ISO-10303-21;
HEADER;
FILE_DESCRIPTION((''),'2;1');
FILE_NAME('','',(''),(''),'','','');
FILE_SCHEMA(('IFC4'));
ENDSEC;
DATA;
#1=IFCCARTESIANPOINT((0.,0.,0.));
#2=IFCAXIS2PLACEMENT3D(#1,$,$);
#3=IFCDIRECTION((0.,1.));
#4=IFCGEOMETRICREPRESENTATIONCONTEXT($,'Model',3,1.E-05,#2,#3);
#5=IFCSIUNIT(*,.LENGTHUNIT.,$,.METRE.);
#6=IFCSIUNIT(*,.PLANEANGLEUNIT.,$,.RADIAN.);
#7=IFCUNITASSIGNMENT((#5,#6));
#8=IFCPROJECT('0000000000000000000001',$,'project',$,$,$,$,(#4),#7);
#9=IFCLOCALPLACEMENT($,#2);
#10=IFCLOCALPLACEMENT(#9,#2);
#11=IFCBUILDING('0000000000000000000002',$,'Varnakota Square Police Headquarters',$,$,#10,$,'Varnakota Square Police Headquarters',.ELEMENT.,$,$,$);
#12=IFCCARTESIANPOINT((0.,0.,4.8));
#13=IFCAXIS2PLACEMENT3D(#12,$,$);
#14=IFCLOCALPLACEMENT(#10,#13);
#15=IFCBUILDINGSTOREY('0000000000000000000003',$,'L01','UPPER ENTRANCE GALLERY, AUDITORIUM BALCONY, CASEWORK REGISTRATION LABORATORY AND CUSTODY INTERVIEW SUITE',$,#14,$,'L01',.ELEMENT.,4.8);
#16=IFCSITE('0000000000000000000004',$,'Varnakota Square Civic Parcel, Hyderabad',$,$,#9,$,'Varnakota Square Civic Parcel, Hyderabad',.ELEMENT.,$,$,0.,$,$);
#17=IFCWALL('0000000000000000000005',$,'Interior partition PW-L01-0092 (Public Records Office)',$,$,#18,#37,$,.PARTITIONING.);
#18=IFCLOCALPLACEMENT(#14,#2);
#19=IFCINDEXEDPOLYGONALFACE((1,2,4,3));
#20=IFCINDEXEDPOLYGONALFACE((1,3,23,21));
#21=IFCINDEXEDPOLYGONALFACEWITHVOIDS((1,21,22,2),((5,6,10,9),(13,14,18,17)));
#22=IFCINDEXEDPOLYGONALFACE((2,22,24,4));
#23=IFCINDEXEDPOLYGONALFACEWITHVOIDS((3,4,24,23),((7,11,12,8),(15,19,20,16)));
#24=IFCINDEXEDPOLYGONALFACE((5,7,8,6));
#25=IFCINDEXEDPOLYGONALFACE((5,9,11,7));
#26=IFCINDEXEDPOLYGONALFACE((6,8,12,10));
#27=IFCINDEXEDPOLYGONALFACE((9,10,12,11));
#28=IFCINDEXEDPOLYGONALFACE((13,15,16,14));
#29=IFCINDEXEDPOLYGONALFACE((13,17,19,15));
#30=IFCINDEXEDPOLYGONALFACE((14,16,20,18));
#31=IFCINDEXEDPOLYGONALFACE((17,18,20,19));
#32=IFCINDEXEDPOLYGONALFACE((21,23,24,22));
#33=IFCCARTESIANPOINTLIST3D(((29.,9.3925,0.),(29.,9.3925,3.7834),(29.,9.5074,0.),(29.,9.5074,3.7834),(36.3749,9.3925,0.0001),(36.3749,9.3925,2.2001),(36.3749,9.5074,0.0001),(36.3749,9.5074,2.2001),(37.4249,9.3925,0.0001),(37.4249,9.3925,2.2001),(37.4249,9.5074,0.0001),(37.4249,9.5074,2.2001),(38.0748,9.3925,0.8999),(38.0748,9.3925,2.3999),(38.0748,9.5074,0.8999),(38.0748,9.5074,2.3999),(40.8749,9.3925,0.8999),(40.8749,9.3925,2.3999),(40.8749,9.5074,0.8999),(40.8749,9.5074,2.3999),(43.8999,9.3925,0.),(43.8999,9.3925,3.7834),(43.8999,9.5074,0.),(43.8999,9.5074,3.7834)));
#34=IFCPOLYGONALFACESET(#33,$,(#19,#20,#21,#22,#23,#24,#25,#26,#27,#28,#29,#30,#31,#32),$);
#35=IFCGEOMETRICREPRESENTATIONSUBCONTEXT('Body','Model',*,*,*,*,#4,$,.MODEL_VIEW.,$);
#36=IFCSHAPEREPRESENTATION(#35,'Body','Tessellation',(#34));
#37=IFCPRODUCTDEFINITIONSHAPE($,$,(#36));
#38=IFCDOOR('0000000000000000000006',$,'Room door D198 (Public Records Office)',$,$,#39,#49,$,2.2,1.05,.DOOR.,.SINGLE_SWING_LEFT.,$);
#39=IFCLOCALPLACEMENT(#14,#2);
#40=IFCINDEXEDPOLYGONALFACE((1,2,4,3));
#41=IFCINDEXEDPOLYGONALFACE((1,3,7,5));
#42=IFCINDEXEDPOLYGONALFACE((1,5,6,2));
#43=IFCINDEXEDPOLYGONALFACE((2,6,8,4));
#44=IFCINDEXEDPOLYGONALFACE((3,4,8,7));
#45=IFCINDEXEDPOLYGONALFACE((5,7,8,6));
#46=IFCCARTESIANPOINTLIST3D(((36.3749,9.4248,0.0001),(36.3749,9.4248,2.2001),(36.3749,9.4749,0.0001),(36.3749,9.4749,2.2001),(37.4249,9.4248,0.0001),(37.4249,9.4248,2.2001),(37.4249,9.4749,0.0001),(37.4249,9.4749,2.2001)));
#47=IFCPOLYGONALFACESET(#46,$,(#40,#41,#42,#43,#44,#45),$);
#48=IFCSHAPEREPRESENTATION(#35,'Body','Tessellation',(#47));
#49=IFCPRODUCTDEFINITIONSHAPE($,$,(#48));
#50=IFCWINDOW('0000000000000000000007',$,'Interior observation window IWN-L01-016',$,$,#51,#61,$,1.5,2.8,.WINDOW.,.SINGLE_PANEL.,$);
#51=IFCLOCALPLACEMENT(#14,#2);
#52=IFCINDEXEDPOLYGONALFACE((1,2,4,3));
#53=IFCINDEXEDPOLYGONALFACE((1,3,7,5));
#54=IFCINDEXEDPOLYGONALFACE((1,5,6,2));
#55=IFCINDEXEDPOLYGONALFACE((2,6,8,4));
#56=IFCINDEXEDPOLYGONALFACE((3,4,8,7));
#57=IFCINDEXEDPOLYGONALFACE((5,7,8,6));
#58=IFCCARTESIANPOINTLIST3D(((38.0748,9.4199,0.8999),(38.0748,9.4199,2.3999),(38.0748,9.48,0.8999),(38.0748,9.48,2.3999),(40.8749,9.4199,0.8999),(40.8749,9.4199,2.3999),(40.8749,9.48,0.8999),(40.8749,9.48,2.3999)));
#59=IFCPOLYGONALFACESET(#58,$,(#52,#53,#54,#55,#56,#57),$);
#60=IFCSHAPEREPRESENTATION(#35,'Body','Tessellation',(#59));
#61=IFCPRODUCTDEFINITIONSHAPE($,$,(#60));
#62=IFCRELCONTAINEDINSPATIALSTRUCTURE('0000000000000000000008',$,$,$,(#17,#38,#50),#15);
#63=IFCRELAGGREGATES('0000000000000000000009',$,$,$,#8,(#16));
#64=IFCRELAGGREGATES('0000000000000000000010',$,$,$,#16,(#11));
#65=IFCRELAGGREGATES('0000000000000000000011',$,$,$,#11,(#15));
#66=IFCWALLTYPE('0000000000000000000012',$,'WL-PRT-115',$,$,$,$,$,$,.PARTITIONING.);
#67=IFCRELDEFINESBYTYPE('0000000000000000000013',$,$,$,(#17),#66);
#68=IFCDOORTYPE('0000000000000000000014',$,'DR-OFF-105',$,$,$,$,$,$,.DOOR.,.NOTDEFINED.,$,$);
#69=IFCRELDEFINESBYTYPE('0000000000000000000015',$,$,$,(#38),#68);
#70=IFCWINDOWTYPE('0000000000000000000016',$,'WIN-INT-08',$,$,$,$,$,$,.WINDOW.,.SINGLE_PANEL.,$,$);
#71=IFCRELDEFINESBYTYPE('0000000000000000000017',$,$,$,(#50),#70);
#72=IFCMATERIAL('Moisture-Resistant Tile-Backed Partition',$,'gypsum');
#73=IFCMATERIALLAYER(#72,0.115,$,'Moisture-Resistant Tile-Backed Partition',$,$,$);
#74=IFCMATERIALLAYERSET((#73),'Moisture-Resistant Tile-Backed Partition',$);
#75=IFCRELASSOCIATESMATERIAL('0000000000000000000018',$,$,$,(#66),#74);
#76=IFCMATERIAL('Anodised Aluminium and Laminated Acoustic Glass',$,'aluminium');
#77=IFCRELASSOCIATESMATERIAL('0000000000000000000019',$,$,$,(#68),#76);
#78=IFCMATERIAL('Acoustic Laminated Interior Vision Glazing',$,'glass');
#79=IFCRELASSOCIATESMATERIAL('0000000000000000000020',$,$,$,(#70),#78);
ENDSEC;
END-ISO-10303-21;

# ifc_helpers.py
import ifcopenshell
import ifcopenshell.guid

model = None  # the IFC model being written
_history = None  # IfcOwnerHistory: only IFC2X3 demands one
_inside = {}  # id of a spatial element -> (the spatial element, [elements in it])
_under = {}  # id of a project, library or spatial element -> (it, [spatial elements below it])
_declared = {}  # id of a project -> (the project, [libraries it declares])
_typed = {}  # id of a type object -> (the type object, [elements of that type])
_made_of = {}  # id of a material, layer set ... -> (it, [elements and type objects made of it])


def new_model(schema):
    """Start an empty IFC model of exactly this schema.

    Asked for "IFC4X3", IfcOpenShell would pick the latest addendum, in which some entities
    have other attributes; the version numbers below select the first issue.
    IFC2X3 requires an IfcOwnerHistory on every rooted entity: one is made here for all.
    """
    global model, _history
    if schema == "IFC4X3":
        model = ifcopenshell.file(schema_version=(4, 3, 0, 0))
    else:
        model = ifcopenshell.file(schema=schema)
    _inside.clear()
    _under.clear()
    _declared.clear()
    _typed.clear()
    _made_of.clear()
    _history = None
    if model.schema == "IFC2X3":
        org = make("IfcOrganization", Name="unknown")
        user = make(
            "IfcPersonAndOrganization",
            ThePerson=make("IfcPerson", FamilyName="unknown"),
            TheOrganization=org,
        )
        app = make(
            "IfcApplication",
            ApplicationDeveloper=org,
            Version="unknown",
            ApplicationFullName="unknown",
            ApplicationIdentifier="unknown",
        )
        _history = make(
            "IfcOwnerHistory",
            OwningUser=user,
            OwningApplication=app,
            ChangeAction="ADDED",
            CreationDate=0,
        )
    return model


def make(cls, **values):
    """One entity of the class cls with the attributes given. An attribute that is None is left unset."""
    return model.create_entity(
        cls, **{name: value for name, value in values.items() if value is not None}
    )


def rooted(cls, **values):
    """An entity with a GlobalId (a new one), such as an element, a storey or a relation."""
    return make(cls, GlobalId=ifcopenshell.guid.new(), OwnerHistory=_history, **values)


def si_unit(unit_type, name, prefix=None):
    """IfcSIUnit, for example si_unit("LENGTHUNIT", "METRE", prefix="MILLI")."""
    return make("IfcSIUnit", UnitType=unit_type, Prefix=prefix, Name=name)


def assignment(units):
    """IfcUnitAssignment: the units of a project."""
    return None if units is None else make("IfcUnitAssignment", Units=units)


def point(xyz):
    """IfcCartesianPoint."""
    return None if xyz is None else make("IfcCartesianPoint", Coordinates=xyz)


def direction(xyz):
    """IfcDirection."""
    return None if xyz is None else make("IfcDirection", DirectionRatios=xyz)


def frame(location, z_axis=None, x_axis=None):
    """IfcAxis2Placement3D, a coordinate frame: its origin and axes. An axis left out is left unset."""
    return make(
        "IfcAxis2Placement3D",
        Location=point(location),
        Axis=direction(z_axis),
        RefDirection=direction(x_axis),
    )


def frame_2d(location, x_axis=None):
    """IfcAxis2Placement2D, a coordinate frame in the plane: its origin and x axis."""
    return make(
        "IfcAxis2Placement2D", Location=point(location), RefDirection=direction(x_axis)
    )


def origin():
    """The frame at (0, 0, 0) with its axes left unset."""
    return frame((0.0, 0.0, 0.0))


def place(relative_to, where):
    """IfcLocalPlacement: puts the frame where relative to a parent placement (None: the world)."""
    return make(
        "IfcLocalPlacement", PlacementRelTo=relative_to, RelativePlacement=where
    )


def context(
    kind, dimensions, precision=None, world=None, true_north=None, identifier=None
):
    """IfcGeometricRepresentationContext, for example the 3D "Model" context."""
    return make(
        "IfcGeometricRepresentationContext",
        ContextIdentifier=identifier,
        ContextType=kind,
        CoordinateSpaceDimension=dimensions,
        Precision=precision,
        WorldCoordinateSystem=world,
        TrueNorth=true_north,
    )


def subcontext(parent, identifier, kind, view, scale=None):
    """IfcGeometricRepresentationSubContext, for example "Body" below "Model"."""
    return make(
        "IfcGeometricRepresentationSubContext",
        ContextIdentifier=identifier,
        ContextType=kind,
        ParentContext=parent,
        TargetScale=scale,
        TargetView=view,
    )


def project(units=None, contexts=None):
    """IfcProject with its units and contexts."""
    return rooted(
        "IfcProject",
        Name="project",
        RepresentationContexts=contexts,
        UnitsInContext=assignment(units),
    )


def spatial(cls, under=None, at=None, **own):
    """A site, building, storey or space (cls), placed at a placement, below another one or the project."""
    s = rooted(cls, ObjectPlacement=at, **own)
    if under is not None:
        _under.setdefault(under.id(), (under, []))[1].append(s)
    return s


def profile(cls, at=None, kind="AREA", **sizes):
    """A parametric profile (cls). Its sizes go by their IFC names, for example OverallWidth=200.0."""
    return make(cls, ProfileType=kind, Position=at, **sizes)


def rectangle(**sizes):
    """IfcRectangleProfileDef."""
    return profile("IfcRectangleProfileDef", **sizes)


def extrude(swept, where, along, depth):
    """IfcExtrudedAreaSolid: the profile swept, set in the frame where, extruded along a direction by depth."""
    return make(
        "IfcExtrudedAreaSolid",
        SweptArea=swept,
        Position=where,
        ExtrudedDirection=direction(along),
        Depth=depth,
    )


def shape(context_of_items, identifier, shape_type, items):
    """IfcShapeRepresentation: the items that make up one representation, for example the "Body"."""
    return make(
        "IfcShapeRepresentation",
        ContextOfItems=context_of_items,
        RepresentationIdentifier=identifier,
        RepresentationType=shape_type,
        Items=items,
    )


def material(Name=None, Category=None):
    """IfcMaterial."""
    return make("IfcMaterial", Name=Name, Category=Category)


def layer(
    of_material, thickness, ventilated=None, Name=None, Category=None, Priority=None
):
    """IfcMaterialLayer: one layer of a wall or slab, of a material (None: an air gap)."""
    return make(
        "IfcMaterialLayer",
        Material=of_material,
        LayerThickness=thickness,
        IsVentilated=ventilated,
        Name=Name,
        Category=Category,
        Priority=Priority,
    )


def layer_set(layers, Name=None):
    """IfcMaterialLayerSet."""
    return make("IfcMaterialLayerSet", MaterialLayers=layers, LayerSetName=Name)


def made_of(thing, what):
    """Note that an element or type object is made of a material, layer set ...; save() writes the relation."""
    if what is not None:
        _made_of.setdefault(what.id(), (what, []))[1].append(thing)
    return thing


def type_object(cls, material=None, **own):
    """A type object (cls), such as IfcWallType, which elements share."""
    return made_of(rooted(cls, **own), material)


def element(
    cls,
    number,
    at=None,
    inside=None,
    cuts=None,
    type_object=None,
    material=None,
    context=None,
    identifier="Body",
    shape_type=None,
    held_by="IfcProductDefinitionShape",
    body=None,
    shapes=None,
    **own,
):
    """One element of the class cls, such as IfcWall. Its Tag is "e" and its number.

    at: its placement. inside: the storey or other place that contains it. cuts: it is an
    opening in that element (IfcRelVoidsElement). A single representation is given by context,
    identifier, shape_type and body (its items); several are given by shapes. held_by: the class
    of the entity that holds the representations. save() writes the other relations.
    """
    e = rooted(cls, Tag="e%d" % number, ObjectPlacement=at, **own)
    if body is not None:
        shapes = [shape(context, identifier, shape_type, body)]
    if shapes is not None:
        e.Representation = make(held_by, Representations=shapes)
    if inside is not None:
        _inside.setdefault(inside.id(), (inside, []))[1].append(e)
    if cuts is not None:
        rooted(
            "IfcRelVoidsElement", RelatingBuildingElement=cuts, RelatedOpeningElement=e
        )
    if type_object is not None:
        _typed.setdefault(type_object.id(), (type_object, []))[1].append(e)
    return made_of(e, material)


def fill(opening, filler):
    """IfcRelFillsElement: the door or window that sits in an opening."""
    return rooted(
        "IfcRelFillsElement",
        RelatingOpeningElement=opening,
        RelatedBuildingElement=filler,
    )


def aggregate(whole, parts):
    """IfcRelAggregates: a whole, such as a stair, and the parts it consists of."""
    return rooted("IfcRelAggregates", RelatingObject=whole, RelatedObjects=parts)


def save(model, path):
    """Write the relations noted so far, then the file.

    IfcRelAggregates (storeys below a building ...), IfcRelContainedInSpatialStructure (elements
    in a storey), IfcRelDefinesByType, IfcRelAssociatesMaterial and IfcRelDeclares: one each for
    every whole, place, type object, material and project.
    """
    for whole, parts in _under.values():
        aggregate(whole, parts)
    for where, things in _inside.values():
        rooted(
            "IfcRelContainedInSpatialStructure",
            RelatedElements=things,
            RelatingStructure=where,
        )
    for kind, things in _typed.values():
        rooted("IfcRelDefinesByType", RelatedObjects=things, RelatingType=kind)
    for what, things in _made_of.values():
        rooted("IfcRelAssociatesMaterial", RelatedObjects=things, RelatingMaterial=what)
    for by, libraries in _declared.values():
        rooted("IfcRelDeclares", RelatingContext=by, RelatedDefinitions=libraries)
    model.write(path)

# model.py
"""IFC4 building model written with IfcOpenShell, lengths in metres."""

from ifc_helpers import new_model, si_unit, direction, frame, frame_2d, origin, place, context, subcontext, project, spatial, rectangle, extrude, material, layer, layer_set, type_object, element, fill, save


model = new_model("IFC4")

# Units and contexts
model_context = context("Model", 3, precision=1e-05, world=origin(), true_north=direction((0.0, 1.0)))
body_context = subcontext(model_context, "Body", "Model", "MODEL_VIEW")
ifc_project = project(units=[si_unit("LENGTHUNIT", "METRE"), si_unit("PLANEANGLEUNIT", "RADIAN")], contexts=[model_context])

# Site, building, storey
site_placement = place(None, origin())
site = spatial("IfcSite", under=ifc_project, at=site_placement, Name="Varnakota Square Civic Parcel, Hyderabad", LongName="Varnakota Square Civic Parcel, Hyderabad", CompositionType="ELEMENT", RefElevation=0.0)
building_placement = place(site_placement, origin())
building = spatial("IfcBuilding", under=site, at=building_placement, Name="Varnakota Square Police Headquarters", LongName="Varnakota Square Police Headquarters", CompositionType="ELEMENT")
storey_placement = place(building_placement, frame((0.0, 0.0, 4.8)))
storey = spatial("IfcBuildingStorey", under=building, at=storey_placement, Name="L01", Description="UPPER ENTRANCE GALLERY, AUDITORIUM BALCONY, CASEWORK REGISTRATION LABORATORY AND CUSTODY INTERVIEW SUITE", LongName="L01", CompositionType="ELEMENT", Elevation=4.8)

# Wall, openings, door, window
ifc_material_1 = material(Name="Acoustic Laminated Interior Vision Glazing", Category="glass")
ifc_material_2 = material(Name="Moisture-Resistant Tile-Backed Partition", Category="gypsum")
ifc_layer_1 = layer(ifc_material_2, 0.115, Name="Moisture-Resistant Tile-Backed Partition")
ifc_layer_set_1 = layer_set([ifc_layer_1], Name="Moisture-Resistant Tile-Backed Partition")
wall_type_1 = type_object("IfcWallType", Name="WL-PRT-115", PredefinedType="PARTITIONING", material=ifc_layer_set_1)
wall_1_placement = place(storey_placement, frame((29.0, 9.45, 0.0), z_axis=(0.0, 0.0, 1.0), x_axis=(1.0, 0.0, 0.0)))
wall_1 = element("IfcWall", 1, at=wall_1_placement, inside=storey, type_object=wall_type_1, Name="Interior partition PW-L01-0092 (Public Records Office)", PredefinedType="PARTITIONING", context=body_context, shape_type="SweptSolid", body=[
    extrude(rectangle(XDim=14.8999, YDim=0.115, at=frame_2d((7.45, 0.0))), origin(), (0.0, 0.0, 1.0), 3.7834),
])
opening_1_placement = place(wall_1_placement, frame((7.375, 0.0, 0.0)))
opening_1 = element("IfcOpeningElement", 2, at=opening_1_placement, cuts=wall_1, PredefinedType="OPENING", context=body_context, shape_type="SweptSolid", body=[
    extrude(rectangle(XDim=1.05, YDim=2.2, at=frame_2d((0.5249, 1.1001))), frame((0.0, 0.0674, 0.0), z_axis=(0.0, -1.0, 0.0), x_axis=(1.0, 0.0, 0.0)), (0.0, 0.0, 1.0), 0.135),
])
opening_2_placement = place(wall_1_placement, frame((9.075, 0.0, 0.8999)))
opening_2 = element("IfcOpeningElement", 3, at=opening_2_placement, cuts=wall_1, PredefinedType="OPENING", context=body_context, shape_type="SweptSolid", body=[
    extrude(rectangle(XDim=2.8, YDim=1.5, at=frame_2d((1.3999, 0.75))), frame((0.0, 0.0674, 0.0), z_axis=(0.0, -1.0, 0.0), x_axis=(1.0, 0.0, 0.0)), (0.0, 0.0, 1.0), 0.135),
])
ifc_material_3 = material(Name="Anodised Aluminium and Laminated Acoustic Glass", Category="aluminium")
door_type_1 = type_object("IfcDoorType", Name="DR-OFF-105", OperationType="NOTDEFINED", PredefinedType="DOOR", material=ifc_material_3)
door_1_placement = place(opening_1_placement, origin())
door_1 = element("IfcDoor", 4, at=door_1_placement, inside=storey, type_object=door_type_1, Name="Room door D198 (Public Records Office)", OperationType="SINGLE_SWING_LEFT", OverallHeight=2.2, OverallWidth=1.05, PredefinedType="DOOR", context=body_context, shape_type="SweptSolid", body=[
    extrude(rectangle(XDim=1.05, YDim=2.2, at=frame_2d((0.5249, 1.1001))), frame((0.0, 0.0249, 0.0), z_axis=(0.0, -1.0, 0.0), x_axis=(1.0, 0.0, 0.0)), (0.0, 0.0, 1.0), 0.05),
])
fill(opening_1, door_1)
window_type_1 = type_object("IfcWindowType", Name="WIN-INT-08", PartitioningType="SINGLE_PANEL", PredefinedType="WINDOW", material=ifc_material_1)
window_1_placement = place(opening_2_placement, origin())
window_1 = element("IfcWindow", 5, at=window_1_placement, inside=storey, type_object=window_type_1, Name="Interior observation window IWN-L01-016", OverallHeight=1.5, OverallWidth=2.8, PartitioningType="SINGLE_PANEL", PredefinedType="WINDOW", context=body_context, shape_type="SweptSolid", body=[
    extrude(rectangle(XDim=2.8, YDim=1.5, at=frame_2d((1.3999, 0.75))), frame((0.0, 0.03, 0.0), z_axis=(0.0, -1.0, 0.0), x_axis=(1.0, 0.0, 0.0)), (0.0, 0.0, 1.0), 0.0601),
])
fill(opening_2, window_1)

save(model, "model.ifc")
